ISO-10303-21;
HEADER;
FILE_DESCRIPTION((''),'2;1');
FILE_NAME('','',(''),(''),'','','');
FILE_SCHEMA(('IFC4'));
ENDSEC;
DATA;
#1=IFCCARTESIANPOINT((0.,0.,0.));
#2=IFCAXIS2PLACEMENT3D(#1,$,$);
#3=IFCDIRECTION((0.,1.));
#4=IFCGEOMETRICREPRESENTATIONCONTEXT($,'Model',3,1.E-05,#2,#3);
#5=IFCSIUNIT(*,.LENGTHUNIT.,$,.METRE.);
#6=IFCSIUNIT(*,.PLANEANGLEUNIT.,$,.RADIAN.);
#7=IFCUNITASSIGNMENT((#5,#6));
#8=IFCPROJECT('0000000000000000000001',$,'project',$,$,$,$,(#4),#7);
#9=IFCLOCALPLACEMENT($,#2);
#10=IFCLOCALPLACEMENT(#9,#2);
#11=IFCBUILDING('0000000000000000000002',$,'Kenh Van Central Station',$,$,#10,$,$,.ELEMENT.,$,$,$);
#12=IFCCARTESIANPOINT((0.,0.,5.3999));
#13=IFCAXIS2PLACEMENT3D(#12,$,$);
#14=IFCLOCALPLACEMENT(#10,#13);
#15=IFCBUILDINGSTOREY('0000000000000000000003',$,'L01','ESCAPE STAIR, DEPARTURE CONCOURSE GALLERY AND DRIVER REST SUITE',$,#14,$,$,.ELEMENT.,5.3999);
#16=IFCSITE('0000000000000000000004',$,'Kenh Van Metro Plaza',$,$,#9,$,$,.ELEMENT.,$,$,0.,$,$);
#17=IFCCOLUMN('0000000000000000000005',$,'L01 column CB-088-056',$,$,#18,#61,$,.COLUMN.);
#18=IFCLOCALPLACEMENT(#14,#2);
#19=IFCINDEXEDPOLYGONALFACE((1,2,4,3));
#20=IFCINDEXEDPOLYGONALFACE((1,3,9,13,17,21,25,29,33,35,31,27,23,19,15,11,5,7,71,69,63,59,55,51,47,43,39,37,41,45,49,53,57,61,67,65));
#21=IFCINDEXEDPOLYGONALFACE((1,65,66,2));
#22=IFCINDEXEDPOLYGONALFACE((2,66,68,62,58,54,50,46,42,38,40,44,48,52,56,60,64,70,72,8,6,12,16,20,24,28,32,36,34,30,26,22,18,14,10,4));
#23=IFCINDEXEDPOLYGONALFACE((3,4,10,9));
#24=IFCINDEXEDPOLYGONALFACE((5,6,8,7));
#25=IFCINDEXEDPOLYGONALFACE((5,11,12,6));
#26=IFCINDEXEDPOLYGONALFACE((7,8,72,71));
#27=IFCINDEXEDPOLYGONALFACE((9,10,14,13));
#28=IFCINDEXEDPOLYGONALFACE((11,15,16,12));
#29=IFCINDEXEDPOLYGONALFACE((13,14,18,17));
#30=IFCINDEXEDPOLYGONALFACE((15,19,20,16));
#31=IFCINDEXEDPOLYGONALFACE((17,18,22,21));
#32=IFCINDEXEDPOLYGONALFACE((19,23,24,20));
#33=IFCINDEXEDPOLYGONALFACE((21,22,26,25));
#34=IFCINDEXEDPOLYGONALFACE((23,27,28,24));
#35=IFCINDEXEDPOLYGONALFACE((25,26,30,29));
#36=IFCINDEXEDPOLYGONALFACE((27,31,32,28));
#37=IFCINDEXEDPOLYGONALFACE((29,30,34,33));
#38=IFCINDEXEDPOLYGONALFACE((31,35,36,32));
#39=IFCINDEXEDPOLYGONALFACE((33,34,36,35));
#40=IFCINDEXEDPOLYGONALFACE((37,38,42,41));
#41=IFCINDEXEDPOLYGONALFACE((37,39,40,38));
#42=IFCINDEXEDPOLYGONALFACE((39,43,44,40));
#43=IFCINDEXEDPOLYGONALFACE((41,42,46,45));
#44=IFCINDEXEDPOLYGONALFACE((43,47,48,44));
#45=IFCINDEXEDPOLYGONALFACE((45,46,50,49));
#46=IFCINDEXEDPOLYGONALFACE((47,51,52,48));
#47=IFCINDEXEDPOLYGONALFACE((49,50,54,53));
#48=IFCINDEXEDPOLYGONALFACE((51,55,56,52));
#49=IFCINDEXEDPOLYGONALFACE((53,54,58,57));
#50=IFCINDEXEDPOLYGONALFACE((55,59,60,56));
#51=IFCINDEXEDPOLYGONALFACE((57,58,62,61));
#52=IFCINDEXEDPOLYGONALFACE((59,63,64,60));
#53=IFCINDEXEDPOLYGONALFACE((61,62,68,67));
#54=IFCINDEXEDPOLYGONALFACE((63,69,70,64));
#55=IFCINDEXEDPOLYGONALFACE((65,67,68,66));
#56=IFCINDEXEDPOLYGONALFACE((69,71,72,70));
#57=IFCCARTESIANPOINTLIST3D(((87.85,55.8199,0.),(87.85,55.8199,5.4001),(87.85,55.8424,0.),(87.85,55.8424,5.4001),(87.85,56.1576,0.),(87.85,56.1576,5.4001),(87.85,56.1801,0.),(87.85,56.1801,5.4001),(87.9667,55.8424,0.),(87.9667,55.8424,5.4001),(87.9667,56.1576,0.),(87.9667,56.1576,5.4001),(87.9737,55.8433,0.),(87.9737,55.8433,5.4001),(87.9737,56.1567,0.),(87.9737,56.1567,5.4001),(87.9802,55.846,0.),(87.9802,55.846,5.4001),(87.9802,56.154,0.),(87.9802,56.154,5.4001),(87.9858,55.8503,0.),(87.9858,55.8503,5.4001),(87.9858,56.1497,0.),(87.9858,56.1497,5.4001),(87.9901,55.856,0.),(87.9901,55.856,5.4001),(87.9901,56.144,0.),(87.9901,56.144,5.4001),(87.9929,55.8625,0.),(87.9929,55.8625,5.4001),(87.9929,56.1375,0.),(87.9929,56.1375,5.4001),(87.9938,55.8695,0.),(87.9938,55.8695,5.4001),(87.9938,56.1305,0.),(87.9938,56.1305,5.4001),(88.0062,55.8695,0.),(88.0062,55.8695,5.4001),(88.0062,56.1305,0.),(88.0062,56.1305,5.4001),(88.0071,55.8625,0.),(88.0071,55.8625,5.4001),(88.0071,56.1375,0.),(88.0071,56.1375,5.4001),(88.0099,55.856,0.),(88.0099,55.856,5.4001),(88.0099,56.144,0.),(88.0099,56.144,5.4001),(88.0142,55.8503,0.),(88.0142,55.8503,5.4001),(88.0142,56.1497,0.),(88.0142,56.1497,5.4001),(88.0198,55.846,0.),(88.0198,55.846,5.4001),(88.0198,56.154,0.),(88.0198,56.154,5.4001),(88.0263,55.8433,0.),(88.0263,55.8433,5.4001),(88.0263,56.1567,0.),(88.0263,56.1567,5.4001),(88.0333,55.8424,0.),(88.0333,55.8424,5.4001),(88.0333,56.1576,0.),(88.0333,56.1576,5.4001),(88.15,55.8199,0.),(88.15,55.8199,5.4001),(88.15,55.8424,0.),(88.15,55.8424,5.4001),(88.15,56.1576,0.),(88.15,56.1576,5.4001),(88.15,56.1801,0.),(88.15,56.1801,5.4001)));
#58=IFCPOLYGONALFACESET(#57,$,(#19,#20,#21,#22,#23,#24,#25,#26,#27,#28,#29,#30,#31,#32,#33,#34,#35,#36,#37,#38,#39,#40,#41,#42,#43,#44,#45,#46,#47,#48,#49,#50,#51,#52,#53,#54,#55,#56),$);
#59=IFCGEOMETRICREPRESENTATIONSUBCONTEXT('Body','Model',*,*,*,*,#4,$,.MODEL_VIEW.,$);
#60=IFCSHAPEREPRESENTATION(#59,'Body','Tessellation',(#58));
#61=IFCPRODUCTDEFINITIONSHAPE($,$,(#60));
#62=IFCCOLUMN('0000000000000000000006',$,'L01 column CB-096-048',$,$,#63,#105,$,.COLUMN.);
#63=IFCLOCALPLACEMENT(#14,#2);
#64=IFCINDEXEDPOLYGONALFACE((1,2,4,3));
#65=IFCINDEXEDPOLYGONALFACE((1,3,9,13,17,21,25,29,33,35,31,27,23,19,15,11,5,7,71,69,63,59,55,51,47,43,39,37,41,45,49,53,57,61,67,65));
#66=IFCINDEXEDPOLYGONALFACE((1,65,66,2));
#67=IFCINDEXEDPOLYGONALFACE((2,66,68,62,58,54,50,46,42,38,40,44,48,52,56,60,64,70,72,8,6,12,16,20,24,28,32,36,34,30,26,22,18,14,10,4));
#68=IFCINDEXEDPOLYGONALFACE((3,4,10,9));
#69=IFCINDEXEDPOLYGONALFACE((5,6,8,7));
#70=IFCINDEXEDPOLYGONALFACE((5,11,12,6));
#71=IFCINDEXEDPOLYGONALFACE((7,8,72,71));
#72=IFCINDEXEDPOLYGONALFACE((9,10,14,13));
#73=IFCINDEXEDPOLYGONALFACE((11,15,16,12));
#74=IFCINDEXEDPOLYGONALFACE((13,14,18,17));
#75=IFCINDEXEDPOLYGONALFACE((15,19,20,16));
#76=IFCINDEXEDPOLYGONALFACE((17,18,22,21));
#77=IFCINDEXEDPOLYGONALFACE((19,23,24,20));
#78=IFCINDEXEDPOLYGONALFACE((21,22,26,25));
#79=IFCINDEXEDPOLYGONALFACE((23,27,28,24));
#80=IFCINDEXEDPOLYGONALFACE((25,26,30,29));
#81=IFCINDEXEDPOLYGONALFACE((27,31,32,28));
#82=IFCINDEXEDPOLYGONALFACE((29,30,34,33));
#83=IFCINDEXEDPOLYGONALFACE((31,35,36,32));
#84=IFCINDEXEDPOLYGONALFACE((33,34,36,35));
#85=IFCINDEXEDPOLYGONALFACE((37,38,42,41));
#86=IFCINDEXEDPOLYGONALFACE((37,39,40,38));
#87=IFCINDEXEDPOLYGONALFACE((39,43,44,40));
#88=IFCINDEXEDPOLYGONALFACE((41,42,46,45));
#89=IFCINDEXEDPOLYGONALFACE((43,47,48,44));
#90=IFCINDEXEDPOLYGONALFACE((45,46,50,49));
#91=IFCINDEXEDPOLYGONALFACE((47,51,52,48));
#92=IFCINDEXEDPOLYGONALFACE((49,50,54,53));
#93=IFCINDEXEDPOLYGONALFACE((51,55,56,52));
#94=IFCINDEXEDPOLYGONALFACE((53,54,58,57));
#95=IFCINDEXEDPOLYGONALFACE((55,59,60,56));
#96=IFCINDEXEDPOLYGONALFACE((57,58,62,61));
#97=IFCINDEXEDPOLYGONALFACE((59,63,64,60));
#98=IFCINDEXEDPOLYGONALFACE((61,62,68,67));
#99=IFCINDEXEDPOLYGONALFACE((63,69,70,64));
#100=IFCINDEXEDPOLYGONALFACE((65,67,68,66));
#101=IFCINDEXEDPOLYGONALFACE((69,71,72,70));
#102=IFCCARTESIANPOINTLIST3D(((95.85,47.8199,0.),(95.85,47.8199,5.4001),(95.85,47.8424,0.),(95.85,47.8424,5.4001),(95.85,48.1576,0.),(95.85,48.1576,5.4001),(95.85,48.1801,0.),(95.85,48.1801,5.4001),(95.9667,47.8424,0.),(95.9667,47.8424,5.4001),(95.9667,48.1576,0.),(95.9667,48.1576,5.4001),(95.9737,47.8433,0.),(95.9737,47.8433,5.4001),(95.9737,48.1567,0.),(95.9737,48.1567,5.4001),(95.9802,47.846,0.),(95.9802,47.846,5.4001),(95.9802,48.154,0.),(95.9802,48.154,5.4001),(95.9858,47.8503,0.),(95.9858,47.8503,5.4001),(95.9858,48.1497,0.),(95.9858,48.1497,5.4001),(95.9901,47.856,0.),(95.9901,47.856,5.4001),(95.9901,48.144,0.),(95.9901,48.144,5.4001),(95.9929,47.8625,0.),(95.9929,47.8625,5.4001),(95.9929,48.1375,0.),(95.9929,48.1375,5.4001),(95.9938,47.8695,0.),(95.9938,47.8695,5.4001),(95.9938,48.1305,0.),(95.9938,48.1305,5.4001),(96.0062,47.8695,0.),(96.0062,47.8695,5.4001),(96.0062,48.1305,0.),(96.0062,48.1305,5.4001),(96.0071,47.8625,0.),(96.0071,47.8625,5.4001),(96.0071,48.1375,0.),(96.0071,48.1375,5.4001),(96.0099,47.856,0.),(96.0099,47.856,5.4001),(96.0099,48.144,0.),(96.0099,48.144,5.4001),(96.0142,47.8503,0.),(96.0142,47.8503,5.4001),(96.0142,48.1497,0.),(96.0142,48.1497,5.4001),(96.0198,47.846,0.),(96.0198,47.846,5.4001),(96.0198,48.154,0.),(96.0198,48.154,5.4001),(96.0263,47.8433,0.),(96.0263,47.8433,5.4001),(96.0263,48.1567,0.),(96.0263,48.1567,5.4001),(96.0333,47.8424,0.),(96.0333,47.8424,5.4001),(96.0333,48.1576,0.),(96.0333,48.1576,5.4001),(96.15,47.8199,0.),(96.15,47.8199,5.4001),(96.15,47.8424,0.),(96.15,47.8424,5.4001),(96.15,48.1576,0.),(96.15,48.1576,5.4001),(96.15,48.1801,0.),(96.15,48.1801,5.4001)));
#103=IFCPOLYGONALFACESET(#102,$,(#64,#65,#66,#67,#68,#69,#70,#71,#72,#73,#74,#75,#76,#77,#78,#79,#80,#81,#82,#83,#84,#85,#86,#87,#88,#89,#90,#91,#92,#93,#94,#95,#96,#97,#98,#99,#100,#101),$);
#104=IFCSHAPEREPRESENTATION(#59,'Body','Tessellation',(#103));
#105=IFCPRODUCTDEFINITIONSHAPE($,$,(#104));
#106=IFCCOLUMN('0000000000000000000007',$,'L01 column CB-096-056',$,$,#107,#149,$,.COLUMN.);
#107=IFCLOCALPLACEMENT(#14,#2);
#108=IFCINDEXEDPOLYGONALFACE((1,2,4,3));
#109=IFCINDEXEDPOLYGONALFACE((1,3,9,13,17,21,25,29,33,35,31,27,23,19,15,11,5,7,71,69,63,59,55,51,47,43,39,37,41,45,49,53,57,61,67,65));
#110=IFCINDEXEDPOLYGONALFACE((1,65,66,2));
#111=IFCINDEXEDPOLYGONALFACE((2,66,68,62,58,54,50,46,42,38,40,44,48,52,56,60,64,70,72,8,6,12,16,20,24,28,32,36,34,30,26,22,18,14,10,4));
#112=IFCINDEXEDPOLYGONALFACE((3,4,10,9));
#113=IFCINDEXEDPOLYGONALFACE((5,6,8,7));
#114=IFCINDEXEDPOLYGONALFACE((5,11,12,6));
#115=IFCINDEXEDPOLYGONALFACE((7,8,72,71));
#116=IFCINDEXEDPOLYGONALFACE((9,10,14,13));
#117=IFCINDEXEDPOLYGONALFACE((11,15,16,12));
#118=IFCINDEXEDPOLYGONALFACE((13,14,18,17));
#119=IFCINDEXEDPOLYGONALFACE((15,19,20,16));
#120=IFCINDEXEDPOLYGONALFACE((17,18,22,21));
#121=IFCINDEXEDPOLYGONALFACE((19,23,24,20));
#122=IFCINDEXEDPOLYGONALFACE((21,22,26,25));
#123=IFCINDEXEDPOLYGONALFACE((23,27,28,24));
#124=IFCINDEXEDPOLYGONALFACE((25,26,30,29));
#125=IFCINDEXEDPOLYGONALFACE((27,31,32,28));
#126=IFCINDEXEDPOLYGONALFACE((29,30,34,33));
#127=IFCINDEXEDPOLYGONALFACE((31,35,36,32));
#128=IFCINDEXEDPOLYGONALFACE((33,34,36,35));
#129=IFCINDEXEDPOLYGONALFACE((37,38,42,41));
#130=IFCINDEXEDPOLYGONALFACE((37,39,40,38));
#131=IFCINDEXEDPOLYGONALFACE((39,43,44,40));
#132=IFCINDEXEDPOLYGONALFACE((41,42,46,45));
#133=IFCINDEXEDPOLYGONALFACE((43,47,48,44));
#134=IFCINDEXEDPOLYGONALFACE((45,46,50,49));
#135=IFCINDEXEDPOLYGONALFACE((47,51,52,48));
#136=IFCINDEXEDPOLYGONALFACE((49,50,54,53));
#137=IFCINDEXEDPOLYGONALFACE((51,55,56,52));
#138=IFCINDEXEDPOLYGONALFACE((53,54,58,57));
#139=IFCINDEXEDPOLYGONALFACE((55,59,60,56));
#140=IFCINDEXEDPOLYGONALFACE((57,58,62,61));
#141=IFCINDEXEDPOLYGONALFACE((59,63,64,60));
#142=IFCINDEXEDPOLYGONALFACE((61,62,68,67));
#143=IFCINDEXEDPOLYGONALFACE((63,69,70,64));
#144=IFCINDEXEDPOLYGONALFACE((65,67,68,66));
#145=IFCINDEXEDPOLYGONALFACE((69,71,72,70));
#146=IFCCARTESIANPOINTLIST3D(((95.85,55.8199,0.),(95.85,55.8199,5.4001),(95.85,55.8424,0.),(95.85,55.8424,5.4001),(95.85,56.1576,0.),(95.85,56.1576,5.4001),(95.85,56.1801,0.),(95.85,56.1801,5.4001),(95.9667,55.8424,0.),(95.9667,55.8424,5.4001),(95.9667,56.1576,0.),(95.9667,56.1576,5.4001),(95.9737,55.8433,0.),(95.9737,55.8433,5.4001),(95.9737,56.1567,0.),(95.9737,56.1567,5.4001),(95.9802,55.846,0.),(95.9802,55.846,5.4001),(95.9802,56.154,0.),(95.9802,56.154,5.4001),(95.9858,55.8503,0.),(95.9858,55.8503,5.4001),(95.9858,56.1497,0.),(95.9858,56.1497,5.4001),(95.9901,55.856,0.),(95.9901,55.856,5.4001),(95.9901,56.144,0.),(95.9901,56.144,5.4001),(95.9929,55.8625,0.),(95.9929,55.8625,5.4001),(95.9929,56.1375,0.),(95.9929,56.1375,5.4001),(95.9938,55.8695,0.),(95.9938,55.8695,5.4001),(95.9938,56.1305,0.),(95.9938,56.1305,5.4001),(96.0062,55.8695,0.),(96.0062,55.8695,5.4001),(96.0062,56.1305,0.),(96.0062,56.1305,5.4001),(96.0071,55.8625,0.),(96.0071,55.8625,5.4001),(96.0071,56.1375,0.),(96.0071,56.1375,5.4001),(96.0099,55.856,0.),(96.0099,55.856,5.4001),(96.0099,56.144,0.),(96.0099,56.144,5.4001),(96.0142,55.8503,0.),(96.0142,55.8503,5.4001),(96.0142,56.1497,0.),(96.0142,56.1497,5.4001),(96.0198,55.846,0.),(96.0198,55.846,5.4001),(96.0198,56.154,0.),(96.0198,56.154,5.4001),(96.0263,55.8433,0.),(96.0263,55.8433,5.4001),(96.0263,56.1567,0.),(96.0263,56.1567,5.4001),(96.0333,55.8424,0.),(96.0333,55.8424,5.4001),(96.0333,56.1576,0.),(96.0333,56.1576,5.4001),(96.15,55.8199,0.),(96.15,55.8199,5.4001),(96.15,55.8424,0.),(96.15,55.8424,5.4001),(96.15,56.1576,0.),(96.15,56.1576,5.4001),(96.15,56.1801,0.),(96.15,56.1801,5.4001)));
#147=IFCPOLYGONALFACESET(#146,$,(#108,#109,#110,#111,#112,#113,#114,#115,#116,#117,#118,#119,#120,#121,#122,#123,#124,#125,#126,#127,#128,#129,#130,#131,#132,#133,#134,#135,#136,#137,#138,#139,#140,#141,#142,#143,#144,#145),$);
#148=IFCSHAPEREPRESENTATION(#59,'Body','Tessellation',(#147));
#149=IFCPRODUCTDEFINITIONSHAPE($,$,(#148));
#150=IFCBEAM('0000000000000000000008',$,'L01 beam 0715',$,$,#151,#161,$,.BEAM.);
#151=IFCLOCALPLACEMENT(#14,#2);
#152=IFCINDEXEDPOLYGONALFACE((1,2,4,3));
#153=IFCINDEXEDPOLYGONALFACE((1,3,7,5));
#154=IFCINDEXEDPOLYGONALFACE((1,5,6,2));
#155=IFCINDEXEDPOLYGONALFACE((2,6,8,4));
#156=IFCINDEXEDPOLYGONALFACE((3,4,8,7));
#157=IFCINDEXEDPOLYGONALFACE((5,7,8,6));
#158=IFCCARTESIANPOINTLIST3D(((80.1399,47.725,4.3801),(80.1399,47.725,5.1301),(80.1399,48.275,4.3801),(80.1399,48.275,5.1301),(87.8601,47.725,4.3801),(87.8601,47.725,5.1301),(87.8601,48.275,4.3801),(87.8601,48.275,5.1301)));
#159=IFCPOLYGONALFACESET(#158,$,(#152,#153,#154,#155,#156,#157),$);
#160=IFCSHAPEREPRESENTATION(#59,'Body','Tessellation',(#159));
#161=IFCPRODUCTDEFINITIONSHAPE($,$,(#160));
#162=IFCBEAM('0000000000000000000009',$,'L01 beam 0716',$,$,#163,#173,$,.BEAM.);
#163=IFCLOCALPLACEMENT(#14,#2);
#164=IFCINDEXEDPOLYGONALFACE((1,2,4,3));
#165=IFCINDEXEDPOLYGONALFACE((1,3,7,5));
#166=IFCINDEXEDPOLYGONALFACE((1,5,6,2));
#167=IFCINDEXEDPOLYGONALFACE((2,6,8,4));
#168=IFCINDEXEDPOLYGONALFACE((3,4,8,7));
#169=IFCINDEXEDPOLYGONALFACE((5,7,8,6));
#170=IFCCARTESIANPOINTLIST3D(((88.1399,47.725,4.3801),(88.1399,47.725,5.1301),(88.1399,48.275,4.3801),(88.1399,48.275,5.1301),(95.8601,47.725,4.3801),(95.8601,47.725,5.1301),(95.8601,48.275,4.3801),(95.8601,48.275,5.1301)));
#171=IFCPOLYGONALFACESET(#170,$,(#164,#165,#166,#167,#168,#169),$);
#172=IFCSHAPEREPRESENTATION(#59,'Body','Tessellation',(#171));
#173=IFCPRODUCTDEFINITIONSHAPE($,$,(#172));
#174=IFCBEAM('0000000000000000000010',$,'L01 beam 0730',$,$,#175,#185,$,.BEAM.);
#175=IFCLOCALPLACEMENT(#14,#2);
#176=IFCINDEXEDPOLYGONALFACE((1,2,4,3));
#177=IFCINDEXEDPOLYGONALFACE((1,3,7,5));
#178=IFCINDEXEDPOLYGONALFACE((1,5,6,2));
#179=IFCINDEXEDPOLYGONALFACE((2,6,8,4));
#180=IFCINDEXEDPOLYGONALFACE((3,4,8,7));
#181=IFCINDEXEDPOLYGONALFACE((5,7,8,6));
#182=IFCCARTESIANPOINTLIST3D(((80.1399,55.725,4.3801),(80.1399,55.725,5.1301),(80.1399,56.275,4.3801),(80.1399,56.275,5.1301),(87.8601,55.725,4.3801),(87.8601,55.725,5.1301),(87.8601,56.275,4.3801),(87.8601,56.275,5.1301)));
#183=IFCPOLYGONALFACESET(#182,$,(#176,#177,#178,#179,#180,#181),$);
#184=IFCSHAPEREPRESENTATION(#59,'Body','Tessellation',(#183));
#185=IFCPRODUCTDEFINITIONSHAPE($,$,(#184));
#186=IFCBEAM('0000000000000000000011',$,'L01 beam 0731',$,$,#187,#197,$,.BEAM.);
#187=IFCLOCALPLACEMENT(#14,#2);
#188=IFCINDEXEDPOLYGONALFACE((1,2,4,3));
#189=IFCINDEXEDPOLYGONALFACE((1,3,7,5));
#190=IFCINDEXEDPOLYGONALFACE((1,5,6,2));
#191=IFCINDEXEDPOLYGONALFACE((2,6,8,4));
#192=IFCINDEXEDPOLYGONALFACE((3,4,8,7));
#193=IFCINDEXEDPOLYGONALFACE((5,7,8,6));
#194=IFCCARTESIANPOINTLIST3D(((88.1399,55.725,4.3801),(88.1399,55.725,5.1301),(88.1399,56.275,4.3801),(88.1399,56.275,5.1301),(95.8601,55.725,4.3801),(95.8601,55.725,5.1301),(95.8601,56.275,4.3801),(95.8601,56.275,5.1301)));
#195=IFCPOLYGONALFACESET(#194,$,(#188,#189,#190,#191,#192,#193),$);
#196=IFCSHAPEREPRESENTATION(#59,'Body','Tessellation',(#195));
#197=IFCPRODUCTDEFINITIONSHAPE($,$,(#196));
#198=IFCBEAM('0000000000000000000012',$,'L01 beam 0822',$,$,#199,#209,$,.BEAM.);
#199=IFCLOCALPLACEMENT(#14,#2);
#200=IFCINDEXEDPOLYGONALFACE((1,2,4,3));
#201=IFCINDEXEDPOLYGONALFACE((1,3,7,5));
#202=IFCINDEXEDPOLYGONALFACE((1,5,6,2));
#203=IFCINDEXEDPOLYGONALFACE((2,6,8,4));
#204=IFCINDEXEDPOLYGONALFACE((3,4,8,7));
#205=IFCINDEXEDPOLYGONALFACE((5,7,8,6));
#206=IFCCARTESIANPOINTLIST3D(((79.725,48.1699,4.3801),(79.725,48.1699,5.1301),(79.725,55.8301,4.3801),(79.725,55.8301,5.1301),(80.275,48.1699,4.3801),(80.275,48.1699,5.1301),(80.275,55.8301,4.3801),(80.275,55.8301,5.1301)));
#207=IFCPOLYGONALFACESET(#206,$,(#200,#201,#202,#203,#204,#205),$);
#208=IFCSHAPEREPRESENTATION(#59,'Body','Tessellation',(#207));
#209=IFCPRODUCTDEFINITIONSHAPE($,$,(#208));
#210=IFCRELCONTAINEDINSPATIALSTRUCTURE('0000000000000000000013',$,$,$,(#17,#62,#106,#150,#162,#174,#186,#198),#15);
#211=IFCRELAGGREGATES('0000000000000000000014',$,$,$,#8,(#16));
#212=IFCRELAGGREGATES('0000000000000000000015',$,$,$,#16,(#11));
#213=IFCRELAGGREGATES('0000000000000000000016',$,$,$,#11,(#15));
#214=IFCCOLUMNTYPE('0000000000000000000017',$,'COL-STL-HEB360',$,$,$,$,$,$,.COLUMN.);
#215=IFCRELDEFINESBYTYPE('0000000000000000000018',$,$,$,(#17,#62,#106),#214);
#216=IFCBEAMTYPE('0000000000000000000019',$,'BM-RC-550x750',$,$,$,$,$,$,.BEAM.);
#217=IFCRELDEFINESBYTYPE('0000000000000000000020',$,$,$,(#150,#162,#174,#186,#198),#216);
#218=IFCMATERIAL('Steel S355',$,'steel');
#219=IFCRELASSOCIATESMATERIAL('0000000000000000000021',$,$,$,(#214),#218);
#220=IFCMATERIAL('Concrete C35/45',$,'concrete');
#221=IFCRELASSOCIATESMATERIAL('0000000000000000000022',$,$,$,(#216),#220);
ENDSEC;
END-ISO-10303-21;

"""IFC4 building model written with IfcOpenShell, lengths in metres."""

from ifc_helpers import new_model, si_unit, direction, frame, origin, origin_2d, place, context, subcontext, project, spatial, rectangle, i_section, extrude, material, material_profile, profile_set, type_object, element, save


model = new_model("IFC4")

# Units and contexts
model_context = context("Model", 3, precision=1e-05, world=origin(), true_north=direction((0.0, 1.0)))
body_context = subcontext(model_context, "Body", "Model", "MODEL_VIEW")
ifc_project = project(units=[si_unit("LENGTHUNIT", "METRE"), si_unit("PLANEANGLEUNIT", "RADIAN")], contexts=[model_context])

# Site, building, storey
site_placement = place(None, origin())
site = spatial("IfcSite", under=ifc_project, at=site_placement, Name="Kenh Van Metro Plaza", CompositionType="ELEMENT", RefElevation=0.0)
building_placement = place(site_placement, origin())
building = spatial("IfcBuilding", under=site, at=building_placement, Name="Kenh Van Central Station", CompositionType="ELEMENT")
storey_placement = place(building_placement, frame((0.0, 0.0, 5.3999)))
storey = spatial("IfcBuildingStorey", under=building, at=storey_placement, Name="L01", Description="ESCAPE STAIR, DEPARTURE CONCOURSE GALLERY AND DRIVER REST SUITE", CompositionType="ELEMENT", Elevation=5.3999)

# Columns
ifc_material_1 = material(Name="Steel S355", Category="steel")
ifc_material_profile_1 = material_profile(ifc_material_1, i_section(OverallWidth=0.3, OverallDepth=0.3601, WebThickness=0.0125, FlangeThickness=0.0225, FilletRadius=0.0271, at=origin_2d()), Name="HEB 360")
ifc_profile_set_1 = profile_set([ifc_material_profile_1], Name="Steel S355")
column_type_1 = type_object("IfcColumnType", Name="COL-STL-HEB360", PredefinedType="COLUMN", material=ifc_profile_set_1)
for number, where, z_axis, x_axis, name in (
    (1, (88.0, 56.0, 0.0), (0.0, 0.0, 1.0), (1.0, 0.0, 0.0), "L01 column CB-088-056"),
    (2, (96.0, 48.0, 0.0), (0.0, 0.0, 1.0), (1.0, 0.0, 0.0), "L01 column CB-096-048"),
    (3, (96.0, 56.0, 0.0), (0.0, 0.0, 1.0), (1.0, 0.0, 0.0), "L01 column CB-096-056"),
):
    element("IfcColumn", number, at=place(storey_placement, frame(where, z_axis=z_axis, x_axis=x_axis)), inside=storey, type_object=column_type_1, Name=name, PredefinedType="COLUMN", context=body_context, shape_type="SweptSolid", body=[
        extrude(i_section(OverallWidth=0.3, OverallDepth=0.3601, WebThickness=0.0125, FlangeThickness=0.0225, FilletRadius=0.0271, at=origin_2d()), origin(), (0.0, 0.0, 1.0), 5.4001),
    ])

# Beams
ifc_material_2 = material(Name="Concrete C35/45", Category="concrete")
ifc_material_profile_2 = material_profile(ifc_material_2, rectangle(XDim=0.55, YDim=0.75, at=origin_2d()), Name="RC 550x750")
ifc_profile_set_2 = profile_set([ifc_material_profile_2], Name="Concrete C35/45")
beam_type_1 = type_object("IfcBeamType", Name="BM-RC-550x750", PredefinedType="BEAM", material=ifc_profile_set_2)
for number, where, z_axis, x_axis, name in (
    (4, (80.1399, 48.0, 4.7551), (1.0, 0.0, 0.0), (0.0, 1.0, 0.0), "L01 beam 0715"),
    (5, (88.1399, 48.0, 4.7551), (1.0, 0.0, 0.0), (0.0, 1.0, 0.0), "L01 beam 0716"),
    (6, (80.1399, 56.0, 4.7551), (1.0, 0.0, 0.0), (0.0, 1.0, 0.0), "L01 beam 0730"),
    (7, (88.1399, 56.0, 4.7551), (1.0, 0.0, 0.0), (0.0, 1.0, 0.0), "L01 beam 0731"),
):
    element("IfcBeam", number, at=place(storey_placement, frame(where, z_axis=z_axis, x_axis=x_axis)), inside=storey, type_object=beam_type_1, Name=name, PredefinedType="BEAM", context=body_context, shape_type="SweptSolid", body=[
        extrude(rectangle(XDim=0.55, YDim=0.75, at=origin_2d()), origin(), (0.0, 0.0, 1.0), 7.7202),
    ])
for number, where, z_axis, x_axis, name in (
    (8, (80.0, 48.1699, 4.7551), (0.0, 1.0, 0.0), (-1.0, 0.0, 0.0), "L01 beam 0822"),
):
    element("IfcBeam", number, at=place(storey_placement, frame(where, z_axis=z_axis, x_axis=x_axis)), inside=storey, type_object=beam_type_1, Name=name, PredefinedType="BEAM", context=body_context, shape_type="SweptSolid", body=[
        extrude(rectangle(XDim=0.55, YDim=0.75, at=origin_2d()), origin(), (0.0, 0.0, 1.0), 7.6602),
    ])

save(model, "model.ifc")
